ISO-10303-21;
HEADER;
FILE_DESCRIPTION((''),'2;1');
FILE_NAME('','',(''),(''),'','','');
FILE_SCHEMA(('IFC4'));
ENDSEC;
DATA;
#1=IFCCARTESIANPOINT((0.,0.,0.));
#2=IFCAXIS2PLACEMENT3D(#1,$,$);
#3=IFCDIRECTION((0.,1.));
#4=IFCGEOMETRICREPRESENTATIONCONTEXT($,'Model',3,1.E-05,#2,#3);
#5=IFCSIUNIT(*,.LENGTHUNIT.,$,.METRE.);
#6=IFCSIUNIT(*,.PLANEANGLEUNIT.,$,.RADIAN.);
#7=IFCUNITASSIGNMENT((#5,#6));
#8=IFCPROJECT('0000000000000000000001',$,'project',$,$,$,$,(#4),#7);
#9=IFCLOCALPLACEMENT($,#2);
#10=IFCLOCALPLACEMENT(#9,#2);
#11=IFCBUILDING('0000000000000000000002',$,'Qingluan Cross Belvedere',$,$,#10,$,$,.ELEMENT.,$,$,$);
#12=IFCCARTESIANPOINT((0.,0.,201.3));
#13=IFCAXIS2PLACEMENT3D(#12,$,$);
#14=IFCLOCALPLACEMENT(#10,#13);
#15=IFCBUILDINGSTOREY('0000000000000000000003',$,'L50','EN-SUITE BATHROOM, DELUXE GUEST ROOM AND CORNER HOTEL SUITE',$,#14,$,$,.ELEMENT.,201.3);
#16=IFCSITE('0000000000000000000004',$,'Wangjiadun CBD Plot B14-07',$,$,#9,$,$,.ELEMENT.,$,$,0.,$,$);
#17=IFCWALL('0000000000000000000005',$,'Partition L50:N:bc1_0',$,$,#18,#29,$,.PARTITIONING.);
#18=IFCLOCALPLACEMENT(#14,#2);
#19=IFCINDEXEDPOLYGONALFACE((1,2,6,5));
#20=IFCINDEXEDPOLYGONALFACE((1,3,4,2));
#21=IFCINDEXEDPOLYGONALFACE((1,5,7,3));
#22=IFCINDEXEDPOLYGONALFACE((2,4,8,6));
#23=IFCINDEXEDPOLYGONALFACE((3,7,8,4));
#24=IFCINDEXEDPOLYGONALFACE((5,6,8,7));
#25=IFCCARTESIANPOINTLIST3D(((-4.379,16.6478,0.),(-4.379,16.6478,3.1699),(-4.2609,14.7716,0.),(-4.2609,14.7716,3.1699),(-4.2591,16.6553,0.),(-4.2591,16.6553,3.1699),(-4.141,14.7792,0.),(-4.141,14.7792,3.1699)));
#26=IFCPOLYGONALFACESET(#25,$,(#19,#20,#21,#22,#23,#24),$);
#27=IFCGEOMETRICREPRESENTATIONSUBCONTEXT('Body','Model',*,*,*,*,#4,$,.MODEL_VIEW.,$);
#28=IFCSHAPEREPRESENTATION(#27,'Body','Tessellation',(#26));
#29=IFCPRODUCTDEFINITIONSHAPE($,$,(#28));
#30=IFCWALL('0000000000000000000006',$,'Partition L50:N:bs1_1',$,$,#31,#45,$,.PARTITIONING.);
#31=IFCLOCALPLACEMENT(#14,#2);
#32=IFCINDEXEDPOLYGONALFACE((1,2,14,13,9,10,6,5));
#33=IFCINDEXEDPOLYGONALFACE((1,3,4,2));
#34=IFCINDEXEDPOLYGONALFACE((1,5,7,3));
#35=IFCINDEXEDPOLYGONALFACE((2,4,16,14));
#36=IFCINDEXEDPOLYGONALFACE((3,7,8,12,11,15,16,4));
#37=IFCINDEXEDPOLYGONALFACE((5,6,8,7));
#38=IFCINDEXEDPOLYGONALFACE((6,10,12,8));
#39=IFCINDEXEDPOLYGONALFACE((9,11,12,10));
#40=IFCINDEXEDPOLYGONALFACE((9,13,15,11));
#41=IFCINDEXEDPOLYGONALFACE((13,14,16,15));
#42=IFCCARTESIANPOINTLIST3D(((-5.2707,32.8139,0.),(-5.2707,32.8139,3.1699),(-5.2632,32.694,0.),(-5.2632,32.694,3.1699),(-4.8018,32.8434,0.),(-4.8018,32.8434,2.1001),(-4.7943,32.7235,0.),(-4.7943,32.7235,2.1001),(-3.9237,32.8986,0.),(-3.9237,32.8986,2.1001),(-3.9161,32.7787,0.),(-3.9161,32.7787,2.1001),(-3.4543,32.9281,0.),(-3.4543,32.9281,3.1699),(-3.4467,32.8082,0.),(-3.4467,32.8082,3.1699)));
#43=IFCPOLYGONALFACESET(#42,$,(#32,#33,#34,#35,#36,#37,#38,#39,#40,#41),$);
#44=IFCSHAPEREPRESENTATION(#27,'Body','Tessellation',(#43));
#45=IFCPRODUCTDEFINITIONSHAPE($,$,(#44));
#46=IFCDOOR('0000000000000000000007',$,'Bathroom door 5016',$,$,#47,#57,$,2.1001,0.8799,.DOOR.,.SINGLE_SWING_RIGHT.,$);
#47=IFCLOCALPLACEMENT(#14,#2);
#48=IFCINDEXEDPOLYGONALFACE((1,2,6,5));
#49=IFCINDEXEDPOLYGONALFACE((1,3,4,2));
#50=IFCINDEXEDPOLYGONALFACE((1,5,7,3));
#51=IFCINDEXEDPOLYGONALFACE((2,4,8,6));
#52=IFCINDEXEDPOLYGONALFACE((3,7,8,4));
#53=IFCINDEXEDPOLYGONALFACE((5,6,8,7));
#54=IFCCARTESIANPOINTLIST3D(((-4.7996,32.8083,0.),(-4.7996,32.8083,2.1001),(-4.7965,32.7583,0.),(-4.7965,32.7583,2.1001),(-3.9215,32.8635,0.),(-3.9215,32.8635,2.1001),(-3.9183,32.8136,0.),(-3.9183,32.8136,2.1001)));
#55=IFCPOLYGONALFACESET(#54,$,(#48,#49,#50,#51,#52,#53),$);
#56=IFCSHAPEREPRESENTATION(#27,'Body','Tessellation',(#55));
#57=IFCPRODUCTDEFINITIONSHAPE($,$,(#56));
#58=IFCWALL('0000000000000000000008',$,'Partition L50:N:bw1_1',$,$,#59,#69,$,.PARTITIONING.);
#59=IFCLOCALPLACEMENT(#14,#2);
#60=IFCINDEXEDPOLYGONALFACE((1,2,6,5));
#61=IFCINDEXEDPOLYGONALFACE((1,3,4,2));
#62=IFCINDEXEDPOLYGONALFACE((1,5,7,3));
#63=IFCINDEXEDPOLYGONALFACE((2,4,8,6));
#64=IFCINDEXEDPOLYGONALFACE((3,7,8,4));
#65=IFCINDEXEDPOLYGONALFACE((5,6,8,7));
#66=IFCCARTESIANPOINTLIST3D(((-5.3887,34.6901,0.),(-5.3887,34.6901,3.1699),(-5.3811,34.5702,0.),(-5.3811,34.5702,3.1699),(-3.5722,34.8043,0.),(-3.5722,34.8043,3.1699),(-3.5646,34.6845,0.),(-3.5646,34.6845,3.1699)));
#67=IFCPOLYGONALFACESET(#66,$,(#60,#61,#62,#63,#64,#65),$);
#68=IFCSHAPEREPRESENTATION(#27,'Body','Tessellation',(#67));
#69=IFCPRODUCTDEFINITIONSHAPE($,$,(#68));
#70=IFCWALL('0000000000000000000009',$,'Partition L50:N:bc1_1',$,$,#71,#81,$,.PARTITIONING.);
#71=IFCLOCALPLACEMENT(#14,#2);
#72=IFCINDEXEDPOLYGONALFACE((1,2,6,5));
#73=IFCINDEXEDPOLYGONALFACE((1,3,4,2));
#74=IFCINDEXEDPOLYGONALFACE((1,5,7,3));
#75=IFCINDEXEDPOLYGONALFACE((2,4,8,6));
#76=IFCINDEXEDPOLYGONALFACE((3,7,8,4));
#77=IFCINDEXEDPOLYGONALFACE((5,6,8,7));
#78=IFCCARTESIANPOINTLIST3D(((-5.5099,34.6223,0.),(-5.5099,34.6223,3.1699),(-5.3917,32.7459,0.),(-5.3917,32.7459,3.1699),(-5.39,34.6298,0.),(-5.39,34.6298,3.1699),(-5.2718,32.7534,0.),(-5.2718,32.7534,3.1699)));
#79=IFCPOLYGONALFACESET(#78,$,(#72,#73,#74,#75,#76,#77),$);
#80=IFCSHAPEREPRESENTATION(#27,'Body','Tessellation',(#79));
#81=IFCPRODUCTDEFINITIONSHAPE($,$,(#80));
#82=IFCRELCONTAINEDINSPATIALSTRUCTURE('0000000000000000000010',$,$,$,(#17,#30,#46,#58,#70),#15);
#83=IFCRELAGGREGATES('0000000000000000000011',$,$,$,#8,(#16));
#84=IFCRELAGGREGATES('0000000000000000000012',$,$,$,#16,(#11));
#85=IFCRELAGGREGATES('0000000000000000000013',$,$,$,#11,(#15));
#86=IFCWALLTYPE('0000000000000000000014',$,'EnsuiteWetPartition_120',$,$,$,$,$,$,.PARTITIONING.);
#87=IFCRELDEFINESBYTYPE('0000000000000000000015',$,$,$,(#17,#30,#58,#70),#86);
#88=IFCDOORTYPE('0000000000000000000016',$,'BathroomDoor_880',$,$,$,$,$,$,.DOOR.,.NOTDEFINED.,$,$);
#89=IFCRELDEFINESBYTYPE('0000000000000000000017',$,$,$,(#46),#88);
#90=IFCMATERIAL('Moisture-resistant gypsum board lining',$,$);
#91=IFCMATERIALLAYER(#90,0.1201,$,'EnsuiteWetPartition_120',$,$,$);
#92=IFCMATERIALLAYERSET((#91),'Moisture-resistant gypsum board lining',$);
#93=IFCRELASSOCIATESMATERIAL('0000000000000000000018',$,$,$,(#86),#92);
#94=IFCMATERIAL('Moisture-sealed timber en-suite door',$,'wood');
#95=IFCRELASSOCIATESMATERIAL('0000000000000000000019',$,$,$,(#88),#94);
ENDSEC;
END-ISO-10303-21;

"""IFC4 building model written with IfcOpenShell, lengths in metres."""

from ifc_helpers import new_model, si_unit, direction, frame, frame_2d, origin, place, context, subcontext, project, spatial, rectangle, extrude, material, layer, layer_set, type_object, element, fill, save


model = new_model("IFC4")

# Units and contexts
model_context = context("Model", 3, precision=1e-05, world=origin(), true_north=direction((0.0, 1.0)))
body_context = subcontext(model_context, "Body", "Model", "MODEL_VIEW")
ifc_project = project(units=[si_unit("LENGTHUNIT", "METRE"), si_unit("PLANEANGLEUNIT", "RADIAN")], contexts=[model_context])

# Site, building, storey
site_placement = place(None, origin())
site = spatial("IfcSite", under=ifc_project, at=site_placement, Name="Wangjiadun CBD Plot B14-07", CompositionType="ELEMENT", RefElevation=0.0)
building_placement = place(site_placement, origin())
building = spatial("IfcBuilding", under=site, at=building_placement, Name="Qingluan Cross Belvedere", CompositionType="ELEMENT")
storey_placement = place(building_placement, frame((0.0, 0.0, 201.3)))
storey = spatial("IfcBuildingStorey", under=building, at=storey_placement, Name="L50", Description="EN-SUITE BATHROOM, DELUXE GUEST ROOM AND CORNER HOTEL SUITE", CompositionType="ELEMENT", Elevation=201.3)

# Shared definitions
ifc_material_1 = material(Name="Moisture-resistant gypsum board lining")
ifc_layer_1 = layer(ifc_material_1, 0.1201, Name="EnsuiteWetPartition_120")
ifc_layer_set_1 = layer_set([ifc_layer_1], Name="Moisture-resistant gypsum board lining")
wall_type_1 = type_object("IfcWallType", Name="EnsuiteWetPartition_120", PredefinedType="PARTITIONING", material=ifc_layer_set_1)
ifc_material_2 = material(Name="Moisture-sealed timber en-suite door", Category="wood")
door_type_1 = type_object("IfcDoorType", Name="BathroomDoor_880", OperationType="NOTDEFINED", PredefinedType="DOOR", material=ifc_material_2)

# Wall
wall_1_placement = place(storey_placement, frame((-4.2009, 14.7754, 0.0), z_axis=(0.0, 0.0, 1.0), x_axis=(-0.062855, 0.998023, 0.0)))
element("IfcWall", 1, at=wall_1_placement, inside=storey, type_object=wall_type_1, Name="Partition L50:N:bc1_0", PredefinedType="PARTITIONING", context=body_context, shape_type="SweptSolid", body=[
    extrude(rectangle(XDim=1.8799, YDim=0.1201, at=frame_2d((0.9399, 0.0))), origin(), (0.0, 0.0, 1.0), 3.1699),
])

# Wall, opening, door
wall_2_placement = place(storey_placement, frame((-5.2671, 32.7539, 0.0), z_axis=(0.0, 0.0, 1.0), x_axis=(0.998027, 0.062779, 0.0)))
wall_2 = element("IfcWall", 2, at=wall_2_placement, inside=storey, type_object=wall_type_1, Name="Partition L50:N:bs1_1", PredefinedType="PARTITIONING", context=body_context, shape_type="SweptSolid", body=[
    extrude(rectangle(XDim=1.8201, YDim=0.1201, at=frame_2d((0.9102, 0.0))), origin(), (0.0, 0.0, 1.0), 3.1699),
])
opening_1_placement = place(wall_2_placement, frame((0.47, 0.0, 0.0)))
opening_1 = element("IfcOpeningElement", 3, at=opening_1_placement, cuts=wall_2, PredefinedType="OPENING", context=body_context, shape_type="SweptSolid", body=[
    extrude(rectangle(XDim=0.8799, YDim=2.1001, at=frame_2d((0.4399, 1.05))), frame((0.0, 0.0701, 0.0), z_axis=(0.0, -1.0, 0.0), x_axis=(1.0, 0.0, 0.0)), (0.0, 0.0, 1.0), 0.1401),
])
door_1_placement = place(opening_1_placement, origin())
door_1 = element("IfcDoor", 4, at=door_1_placement, inside=storey, type_object=door_type_1, Name="Bathroom door 5016", OperationType="SINGLE_SWING_RIGHT", OverallHeight=2.1001, OverallWidth=0.8799, PredefinedType="DOOR", context=body_context, shape_type="SweptSolid", body=[
    extrude(rectangle(XDim=0.8799, YDim=2.1001, at=frame_2d((0.4399, 1.05))), frame((0.0, 0.0249, 0.0), z_axis=(0.0, -1.0, 0.0), x_axis=(1.0, 0.0, 0.0)), (0.0, 0.0, 1.0), 0.05),
])
fill(opening_1, door_1)

# Walls
wall_3_placement = place(storey_placement, frame((-5.385, 34.6301, 0.0), z_axis=(0.0, 0.0, 1.0), x_axis=(0.998027, 0.062779, 0.0)))
element("IfcWall", 5, at=wall_3_placement, inside=storey, type_object=wall_type_1, Name="Partition L50:N:bw1_1", PredefinedType="PARTITIONING", context=body_context, shape_type="SweptSolid", body=[
    extrude(rectangle(XDim=1.8201, YDim=0.1201, at=frame_2d((0.9102, 0.0))), origin(), (0.0, 0.0, 1.0), 3.1699),
])
wall_4_placement = place(storey_placement, frame((-5.3318, 32.7498, 0.0), z_axis=(0.0, 0.0, 1.0), x_axis=(-0.062847, 0.998023, 0.0)))
element("IfcWall", 6, at=wall_4_placement, inside=storey, type_object=wall_type_1, Name="Partition L50:N:bc1_1", PredefinedType="PARTITIONING", context=body_context, shape_type="SweptSolid", body=[
    extrude(rectangle(XDim=1.8801, YDim=0.1201, at=frame_2d((0.9399, 0.0))), origin(), (0.0, 0.0, 1.0), 3.1699),
])

save(model, "model.ifc")
